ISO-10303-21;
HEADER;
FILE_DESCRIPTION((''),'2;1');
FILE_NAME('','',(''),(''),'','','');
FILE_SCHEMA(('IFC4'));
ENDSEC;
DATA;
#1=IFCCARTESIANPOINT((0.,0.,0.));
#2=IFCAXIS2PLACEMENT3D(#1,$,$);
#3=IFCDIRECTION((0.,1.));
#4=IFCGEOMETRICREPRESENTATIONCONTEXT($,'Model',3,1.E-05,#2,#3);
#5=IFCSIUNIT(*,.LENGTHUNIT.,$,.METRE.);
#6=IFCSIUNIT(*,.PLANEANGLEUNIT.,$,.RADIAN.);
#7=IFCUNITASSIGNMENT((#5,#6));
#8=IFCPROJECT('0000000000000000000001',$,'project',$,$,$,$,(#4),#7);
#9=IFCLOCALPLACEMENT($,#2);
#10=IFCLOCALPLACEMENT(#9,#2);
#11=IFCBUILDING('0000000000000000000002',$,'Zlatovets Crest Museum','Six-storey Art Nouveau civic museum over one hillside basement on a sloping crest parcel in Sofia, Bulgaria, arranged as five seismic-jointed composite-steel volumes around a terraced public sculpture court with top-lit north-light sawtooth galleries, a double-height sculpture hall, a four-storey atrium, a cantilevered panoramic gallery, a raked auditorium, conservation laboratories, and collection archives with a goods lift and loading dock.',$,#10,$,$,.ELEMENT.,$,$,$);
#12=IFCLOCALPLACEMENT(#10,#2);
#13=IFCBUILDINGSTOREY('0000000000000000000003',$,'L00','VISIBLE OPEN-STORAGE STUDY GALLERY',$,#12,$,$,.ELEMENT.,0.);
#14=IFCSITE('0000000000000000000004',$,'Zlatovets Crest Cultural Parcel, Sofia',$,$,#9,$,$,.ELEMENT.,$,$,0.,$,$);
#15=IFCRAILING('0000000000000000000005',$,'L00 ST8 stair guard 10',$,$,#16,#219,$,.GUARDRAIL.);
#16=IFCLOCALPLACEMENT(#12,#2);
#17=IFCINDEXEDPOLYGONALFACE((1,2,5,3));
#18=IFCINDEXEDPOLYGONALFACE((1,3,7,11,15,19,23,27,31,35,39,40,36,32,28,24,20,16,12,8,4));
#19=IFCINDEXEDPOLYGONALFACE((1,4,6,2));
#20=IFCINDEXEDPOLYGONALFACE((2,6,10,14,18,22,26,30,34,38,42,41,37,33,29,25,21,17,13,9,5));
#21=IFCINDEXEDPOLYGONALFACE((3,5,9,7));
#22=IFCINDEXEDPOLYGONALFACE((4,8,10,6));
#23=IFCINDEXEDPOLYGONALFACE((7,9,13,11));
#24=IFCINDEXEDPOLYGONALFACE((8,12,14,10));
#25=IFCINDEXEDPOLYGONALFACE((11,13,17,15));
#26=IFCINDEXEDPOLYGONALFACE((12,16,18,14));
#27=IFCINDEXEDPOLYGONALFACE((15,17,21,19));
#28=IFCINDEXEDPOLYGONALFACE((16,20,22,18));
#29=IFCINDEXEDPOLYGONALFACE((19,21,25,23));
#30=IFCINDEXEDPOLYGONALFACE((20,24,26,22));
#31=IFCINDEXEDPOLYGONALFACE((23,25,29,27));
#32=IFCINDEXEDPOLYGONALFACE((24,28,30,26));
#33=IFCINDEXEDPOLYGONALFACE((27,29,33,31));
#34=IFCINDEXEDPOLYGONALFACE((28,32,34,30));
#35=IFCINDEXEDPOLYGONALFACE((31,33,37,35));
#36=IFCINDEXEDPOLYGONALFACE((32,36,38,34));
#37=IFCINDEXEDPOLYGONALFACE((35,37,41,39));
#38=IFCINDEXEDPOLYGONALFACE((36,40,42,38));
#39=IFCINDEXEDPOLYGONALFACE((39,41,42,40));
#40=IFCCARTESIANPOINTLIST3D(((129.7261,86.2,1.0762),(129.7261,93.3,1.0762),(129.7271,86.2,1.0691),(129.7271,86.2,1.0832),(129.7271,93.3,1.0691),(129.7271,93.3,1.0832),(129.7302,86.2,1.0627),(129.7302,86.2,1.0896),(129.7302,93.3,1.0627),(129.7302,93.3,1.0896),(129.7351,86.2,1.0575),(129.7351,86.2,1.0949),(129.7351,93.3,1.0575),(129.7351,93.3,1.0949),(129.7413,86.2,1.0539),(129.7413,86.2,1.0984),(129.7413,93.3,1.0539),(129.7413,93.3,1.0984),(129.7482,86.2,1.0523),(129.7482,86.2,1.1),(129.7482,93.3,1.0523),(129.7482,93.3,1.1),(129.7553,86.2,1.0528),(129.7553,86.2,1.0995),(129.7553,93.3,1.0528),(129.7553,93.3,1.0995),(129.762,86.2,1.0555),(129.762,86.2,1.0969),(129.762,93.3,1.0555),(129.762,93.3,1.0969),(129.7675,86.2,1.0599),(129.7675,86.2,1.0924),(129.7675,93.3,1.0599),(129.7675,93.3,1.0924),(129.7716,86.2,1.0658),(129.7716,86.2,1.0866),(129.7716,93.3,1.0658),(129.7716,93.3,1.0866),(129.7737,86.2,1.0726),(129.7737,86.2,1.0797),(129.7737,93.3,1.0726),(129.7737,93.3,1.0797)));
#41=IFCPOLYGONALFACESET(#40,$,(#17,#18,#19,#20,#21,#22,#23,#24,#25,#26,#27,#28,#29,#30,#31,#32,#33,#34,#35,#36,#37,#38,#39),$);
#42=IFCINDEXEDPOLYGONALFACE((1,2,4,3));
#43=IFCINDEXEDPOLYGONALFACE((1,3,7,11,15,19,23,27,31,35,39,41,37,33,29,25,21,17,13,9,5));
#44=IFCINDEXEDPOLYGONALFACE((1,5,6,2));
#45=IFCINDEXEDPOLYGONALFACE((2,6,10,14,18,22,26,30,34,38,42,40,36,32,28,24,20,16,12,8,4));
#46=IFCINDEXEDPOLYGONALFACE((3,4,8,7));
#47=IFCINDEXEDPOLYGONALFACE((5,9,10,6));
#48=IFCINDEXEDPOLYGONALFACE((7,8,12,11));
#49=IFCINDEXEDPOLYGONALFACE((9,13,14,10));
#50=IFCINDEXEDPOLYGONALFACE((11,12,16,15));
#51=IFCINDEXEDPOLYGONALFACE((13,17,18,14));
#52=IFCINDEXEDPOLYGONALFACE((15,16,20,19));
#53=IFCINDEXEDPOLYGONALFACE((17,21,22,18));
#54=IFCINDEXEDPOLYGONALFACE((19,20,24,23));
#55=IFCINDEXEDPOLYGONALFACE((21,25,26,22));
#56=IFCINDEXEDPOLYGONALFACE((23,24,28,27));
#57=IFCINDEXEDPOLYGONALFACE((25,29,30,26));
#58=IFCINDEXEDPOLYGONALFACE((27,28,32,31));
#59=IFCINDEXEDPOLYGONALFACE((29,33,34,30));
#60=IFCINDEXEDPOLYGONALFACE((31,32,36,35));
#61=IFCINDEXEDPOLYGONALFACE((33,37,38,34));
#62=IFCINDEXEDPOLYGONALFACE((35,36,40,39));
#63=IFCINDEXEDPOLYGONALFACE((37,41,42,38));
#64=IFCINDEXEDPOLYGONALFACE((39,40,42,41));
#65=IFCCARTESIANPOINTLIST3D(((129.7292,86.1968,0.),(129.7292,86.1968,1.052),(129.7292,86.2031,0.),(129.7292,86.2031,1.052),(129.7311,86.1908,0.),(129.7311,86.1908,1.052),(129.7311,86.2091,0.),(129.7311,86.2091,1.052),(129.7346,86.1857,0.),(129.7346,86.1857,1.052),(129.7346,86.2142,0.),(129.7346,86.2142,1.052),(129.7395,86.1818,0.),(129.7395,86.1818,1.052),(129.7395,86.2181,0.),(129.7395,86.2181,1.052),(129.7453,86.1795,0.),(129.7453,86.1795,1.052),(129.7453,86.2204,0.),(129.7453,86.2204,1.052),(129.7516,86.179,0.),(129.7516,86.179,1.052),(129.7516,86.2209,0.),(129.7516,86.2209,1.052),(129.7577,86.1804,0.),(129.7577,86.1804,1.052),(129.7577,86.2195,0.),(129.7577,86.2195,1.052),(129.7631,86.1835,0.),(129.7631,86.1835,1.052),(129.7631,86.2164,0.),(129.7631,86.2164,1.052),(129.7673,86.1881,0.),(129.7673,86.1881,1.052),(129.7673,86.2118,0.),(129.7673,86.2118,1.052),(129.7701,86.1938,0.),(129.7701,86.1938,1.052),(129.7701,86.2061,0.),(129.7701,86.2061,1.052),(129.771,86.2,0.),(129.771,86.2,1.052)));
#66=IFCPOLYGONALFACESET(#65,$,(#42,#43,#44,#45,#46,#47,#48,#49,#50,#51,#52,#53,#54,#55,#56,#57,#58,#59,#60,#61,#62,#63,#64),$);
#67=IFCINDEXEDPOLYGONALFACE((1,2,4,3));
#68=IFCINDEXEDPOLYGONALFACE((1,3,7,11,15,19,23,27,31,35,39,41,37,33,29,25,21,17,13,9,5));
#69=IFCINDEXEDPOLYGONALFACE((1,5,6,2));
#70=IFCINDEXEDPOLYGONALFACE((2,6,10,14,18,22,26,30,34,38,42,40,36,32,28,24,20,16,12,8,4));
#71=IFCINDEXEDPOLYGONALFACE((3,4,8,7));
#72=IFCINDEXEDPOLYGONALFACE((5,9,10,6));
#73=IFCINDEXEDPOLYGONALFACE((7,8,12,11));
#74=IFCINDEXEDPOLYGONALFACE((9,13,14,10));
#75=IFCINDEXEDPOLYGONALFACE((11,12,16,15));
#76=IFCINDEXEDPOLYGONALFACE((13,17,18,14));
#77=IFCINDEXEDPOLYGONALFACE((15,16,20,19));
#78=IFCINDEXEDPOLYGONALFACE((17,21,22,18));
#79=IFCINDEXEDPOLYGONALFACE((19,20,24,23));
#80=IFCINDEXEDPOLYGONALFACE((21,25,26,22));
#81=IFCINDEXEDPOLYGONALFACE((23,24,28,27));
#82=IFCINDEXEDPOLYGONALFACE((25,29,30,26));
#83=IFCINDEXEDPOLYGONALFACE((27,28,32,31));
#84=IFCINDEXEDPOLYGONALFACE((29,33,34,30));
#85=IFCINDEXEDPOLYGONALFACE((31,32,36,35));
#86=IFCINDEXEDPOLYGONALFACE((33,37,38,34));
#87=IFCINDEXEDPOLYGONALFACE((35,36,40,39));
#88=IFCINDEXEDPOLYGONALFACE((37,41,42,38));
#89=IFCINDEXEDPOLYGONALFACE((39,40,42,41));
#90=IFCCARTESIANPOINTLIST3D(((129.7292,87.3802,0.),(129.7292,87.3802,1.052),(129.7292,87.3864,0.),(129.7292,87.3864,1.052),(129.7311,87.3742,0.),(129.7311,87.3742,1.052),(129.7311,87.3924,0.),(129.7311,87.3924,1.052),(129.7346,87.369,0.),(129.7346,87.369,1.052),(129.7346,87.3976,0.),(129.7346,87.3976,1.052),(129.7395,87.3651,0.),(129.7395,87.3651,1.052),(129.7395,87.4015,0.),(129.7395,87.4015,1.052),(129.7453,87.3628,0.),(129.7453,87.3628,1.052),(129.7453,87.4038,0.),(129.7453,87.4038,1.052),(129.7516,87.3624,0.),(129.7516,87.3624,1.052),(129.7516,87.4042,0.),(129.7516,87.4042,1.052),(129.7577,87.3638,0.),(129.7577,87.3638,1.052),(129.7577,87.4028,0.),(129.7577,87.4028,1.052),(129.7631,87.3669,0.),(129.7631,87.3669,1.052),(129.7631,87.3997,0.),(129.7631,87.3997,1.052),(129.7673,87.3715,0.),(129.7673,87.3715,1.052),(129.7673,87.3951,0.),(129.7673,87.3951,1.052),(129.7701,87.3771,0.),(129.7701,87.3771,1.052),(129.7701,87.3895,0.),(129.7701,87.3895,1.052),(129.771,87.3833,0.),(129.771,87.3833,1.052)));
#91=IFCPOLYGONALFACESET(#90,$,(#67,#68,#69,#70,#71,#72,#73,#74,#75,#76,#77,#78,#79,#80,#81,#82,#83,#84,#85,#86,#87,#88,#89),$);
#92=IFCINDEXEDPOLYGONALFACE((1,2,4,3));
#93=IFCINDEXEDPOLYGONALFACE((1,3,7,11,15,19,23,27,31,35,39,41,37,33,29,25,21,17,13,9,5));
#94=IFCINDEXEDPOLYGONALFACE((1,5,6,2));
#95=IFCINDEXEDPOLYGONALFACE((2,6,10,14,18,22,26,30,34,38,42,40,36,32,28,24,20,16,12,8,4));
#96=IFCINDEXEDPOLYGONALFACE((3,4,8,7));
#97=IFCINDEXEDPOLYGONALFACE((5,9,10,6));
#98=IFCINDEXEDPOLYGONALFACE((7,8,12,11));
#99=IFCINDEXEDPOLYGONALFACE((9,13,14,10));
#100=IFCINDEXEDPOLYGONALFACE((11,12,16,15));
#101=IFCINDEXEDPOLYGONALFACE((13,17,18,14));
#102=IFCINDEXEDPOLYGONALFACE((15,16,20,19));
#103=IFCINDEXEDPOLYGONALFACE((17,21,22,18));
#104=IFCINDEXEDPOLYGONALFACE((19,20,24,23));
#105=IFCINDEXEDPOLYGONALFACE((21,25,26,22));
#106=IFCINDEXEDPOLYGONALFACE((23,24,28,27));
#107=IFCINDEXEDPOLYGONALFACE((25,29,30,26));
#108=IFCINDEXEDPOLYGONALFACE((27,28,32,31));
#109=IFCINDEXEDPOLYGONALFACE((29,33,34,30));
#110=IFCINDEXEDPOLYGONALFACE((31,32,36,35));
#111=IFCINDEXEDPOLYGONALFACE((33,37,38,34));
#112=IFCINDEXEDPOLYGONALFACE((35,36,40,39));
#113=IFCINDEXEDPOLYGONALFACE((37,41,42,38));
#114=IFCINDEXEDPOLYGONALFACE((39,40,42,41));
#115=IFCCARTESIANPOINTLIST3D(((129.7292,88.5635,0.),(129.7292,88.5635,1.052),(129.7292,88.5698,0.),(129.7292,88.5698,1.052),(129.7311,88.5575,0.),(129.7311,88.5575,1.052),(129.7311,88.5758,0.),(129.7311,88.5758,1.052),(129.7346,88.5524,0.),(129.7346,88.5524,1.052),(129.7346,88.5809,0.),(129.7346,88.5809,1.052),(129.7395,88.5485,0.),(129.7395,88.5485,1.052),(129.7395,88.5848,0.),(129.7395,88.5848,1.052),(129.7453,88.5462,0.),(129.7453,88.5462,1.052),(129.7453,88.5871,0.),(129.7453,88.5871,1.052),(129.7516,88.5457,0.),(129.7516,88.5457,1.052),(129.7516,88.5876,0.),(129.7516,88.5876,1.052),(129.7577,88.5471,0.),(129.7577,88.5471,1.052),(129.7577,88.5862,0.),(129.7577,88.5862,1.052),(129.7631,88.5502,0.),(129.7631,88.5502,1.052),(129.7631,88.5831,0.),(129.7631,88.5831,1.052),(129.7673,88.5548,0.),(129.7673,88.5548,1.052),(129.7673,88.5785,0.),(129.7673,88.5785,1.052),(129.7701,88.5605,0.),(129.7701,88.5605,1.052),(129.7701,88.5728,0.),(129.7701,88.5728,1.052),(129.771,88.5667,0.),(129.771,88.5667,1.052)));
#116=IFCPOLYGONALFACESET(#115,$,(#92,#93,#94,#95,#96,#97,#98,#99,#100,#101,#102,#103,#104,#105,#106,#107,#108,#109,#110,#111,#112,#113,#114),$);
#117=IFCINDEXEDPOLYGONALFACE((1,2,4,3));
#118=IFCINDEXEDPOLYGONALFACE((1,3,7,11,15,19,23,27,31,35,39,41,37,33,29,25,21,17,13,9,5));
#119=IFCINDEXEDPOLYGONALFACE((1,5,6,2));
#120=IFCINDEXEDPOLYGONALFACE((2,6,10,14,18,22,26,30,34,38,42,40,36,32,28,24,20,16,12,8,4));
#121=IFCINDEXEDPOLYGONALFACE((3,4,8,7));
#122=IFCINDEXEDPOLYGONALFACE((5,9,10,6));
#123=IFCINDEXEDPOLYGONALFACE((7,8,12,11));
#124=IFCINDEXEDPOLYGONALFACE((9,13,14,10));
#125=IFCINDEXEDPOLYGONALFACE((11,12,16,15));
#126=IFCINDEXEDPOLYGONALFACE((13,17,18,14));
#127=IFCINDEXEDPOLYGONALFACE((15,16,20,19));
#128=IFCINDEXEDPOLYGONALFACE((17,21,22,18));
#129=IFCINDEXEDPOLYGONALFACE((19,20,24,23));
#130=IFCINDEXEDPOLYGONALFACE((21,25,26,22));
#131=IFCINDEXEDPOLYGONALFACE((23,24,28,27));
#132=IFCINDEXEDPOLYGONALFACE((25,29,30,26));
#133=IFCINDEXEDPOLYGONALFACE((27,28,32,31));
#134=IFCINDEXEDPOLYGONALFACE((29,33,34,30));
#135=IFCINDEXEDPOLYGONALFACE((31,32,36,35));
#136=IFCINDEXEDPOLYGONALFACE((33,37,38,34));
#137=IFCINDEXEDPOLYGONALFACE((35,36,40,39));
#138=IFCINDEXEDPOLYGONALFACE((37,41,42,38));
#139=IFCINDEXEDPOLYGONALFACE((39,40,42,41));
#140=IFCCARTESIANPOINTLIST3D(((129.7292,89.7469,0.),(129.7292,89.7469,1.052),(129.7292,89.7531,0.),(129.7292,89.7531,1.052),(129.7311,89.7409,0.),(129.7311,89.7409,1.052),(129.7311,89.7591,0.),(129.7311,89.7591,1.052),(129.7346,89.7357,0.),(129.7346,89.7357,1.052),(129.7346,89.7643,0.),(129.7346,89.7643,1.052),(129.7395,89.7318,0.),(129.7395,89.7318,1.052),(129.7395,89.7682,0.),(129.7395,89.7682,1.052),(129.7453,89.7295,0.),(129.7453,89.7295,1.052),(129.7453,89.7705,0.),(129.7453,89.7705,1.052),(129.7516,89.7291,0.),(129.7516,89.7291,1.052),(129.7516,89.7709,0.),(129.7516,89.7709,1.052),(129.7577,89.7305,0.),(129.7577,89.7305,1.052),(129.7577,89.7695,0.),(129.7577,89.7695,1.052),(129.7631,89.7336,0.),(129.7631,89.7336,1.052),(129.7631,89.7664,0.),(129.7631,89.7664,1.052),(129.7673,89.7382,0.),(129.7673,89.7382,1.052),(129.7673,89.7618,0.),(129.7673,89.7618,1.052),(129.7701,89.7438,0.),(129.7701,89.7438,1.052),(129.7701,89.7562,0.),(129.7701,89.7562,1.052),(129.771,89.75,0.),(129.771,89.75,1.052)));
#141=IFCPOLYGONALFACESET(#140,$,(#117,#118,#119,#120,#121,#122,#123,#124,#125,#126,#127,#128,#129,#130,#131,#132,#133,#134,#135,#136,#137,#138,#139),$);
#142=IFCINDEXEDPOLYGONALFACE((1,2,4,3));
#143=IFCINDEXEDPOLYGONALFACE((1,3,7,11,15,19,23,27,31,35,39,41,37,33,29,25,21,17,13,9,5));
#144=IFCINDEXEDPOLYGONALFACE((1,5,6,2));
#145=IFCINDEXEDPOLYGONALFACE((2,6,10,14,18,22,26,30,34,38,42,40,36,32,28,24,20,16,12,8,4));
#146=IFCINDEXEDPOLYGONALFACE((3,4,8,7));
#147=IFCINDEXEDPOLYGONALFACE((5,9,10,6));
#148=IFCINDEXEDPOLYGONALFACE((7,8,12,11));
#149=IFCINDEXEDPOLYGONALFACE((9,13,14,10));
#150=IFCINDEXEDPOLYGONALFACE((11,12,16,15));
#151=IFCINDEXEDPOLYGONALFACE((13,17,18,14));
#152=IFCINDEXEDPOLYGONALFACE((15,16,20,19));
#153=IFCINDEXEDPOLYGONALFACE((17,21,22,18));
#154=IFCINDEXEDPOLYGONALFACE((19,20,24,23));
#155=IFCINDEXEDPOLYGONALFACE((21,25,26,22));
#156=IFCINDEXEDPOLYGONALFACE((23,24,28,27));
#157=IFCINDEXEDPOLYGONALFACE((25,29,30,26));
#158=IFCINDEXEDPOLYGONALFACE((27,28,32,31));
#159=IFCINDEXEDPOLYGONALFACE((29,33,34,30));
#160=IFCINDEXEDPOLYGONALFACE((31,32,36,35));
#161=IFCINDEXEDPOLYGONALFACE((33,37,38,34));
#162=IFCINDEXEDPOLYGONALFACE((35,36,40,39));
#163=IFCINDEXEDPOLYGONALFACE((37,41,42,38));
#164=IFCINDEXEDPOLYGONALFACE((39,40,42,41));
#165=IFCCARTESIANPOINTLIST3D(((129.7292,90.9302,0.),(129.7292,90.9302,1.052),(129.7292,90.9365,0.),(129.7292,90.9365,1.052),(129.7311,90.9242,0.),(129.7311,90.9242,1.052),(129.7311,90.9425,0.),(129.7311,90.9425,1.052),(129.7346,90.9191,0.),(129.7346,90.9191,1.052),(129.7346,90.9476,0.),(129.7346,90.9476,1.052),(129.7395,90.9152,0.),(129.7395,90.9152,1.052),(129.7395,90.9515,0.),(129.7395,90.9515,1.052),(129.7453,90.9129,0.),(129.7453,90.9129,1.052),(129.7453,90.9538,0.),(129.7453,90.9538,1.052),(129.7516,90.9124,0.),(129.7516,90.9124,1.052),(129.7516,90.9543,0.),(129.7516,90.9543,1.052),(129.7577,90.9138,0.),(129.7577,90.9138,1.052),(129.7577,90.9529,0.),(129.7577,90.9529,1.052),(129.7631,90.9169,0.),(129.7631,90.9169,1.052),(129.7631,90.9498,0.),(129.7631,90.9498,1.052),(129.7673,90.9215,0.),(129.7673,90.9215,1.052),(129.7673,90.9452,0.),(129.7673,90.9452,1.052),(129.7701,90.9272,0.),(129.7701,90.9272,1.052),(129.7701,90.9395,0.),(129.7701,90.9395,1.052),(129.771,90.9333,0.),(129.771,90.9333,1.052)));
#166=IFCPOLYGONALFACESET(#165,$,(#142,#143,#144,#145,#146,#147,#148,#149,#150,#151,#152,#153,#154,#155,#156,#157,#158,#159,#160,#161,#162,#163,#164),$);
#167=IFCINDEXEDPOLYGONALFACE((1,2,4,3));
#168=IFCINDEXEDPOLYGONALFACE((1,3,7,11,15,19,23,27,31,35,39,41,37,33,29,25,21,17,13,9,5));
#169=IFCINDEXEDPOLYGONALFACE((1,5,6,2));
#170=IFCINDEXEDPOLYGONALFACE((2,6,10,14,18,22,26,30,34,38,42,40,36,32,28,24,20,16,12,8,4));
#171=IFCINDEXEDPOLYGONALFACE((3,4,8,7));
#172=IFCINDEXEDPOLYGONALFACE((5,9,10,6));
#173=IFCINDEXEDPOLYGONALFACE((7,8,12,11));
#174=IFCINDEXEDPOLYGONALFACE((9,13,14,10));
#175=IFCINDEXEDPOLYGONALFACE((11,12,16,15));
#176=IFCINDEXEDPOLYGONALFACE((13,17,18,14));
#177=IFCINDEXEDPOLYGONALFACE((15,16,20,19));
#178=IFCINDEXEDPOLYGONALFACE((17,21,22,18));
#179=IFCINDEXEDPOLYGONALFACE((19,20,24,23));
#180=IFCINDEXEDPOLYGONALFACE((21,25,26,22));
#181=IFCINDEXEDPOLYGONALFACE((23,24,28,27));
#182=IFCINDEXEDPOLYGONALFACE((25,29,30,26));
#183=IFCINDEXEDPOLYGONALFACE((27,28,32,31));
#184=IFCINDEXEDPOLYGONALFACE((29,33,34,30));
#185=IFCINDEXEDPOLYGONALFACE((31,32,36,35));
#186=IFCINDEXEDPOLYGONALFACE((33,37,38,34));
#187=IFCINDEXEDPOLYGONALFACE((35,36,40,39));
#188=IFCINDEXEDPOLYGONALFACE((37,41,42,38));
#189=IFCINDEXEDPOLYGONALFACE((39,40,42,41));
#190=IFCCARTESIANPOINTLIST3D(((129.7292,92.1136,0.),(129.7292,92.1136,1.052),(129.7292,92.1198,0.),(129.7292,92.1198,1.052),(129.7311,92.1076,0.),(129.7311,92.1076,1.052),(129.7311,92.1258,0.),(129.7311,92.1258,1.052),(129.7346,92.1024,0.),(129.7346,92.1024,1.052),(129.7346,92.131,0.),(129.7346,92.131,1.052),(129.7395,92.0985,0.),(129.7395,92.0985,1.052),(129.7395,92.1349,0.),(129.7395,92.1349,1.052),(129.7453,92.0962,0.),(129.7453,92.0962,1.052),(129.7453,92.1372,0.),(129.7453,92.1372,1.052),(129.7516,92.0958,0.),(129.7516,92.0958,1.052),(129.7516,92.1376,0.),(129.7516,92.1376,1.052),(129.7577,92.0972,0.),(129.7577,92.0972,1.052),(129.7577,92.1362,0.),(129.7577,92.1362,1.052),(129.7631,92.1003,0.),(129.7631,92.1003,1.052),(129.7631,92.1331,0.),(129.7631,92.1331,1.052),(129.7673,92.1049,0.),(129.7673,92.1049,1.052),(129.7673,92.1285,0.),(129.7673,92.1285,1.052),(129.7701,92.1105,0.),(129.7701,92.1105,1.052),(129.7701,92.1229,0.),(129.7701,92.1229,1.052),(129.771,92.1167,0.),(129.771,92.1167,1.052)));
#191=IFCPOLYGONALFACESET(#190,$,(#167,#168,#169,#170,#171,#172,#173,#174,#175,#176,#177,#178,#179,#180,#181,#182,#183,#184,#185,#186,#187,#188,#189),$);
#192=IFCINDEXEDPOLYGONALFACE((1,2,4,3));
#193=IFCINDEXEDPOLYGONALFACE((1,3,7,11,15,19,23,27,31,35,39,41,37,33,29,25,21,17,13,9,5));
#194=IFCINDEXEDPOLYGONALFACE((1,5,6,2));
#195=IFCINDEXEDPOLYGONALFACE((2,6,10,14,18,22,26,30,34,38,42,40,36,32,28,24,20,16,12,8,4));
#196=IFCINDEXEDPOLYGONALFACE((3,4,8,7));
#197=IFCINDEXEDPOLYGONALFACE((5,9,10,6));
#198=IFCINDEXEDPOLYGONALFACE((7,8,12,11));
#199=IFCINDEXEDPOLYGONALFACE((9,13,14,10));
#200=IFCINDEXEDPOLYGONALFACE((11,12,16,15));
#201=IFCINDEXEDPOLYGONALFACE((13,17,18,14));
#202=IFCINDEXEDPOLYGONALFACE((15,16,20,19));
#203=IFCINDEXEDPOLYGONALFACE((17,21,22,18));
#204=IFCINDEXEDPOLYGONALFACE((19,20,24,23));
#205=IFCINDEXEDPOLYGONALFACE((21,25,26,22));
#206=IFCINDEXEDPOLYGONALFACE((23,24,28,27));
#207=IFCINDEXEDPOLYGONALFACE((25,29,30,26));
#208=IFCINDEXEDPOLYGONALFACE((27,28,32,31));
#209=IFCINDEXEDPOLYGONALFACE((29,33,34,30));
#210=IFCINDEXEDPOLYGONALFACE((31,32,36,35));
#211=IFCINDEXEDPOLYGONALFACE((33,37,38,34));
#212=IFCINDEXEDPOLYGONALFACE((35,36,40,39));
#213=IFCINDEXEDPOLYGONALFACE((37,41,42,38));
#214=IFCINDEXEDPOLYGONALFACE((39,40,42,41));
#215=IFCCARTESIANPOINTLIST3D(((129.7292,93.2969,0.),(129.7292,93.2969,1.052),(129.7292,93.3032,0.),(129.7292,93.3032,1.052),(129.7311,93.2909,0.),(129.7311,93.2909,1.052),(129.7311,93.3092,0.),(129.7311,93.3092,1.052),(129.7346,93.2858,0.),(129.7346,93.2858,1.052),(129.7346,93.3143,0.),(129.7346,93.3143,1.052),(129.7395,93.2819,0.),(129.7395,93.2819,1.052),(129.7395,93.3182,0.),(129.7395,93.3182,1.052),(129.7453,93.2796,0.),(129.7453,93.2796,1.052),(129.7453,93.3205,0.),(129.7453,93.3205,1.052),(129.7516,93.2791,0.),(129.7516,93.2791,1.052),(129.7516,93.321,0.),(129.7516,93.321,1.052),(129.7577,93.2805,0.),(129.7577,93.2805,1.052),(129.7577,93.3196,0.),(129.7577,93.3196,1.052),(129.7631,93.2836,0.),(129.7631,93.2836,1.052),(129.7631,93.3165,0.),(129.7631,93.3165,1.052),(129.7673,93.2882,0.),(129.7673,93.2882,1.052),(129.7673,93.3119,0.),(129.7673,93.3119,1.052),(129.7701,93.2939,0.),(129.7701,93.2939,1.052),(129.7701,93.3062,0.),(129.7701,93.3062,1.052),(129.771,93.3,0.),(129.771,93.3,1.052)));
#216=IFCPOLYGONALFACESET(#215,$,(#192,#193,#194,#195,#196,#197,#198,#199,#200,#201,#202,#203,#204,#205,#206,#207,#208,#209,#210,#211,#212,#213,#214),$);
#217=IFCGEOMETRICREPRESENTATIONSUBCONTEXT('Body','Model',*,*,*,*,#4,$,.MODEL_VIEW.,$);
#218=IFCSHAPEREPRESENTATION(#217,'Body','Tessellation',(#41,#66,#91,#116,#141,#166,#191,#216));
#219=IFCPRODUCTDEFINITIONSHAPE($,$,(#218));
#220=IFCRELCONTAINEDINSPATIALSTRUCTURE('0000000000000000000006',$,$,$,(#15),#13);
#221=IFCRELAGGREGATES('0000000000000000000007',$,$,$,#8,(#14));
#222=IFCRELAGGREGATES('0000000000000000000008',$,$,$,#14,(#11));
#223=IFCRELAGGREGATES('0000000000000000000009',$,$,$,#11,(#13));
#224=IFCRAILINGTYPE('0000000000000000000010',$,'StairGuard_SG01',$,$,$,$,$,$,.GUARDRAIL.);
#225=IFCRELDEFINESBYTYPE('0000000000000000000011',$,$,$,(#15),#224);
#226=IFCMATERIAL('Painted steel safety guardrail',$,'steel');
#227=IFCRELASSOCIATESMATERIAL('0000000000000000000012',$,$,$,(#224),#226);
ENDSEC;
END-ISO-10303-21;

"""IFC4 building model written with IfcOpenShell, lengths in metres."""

from ifc_helpers import new_model, si_unit, direction, frame, origin, origin_2d, place, context, subcontext, project, spatial, circle, extrude, material, type_object, element, save


model = new_model("IFC4")

# Units and contexts
model_context = context("Model", 3, precision=1e-05, world=origin(), true_north=direction((0.0, 1.0)))
body_context = subcontext(model_context, "Body", "Model", "MODEL_VIEW")
ifc_project = project(units=[si_unit("LENGTHUNIT", "METRE"), si_unit("PLANEANGLEUNIT", "RADIAN")], contexts=[model_context])

# Site, building, storey
site_placement = place(None, origin())
site = spatial("IfcSite", under=ifc_project, at=site_placement, Name="Zlatovets Crest Cultural Parcel, Sofia", CompositionType="ELEMENT", RefElevation=0.0)
building_placement = place(site_placement, origin())
building = spatial("IfcBuilding", under=site, at=building_placement, Name="Zlatovets Crest Museum", Description="Six-storey Art Nouveau civic museum over one hillside basement on a sloping crest parcel in Sofia, Bulgaria, arranged as five seismic-jointed composite-steel volumes around a terraced public sculpture court with top-lit north-light sawtooth galleries, a double-height sculpture hall, a four-storey atrium, a cantilevered panoramic gallery, a raked auditorium, conservation laboratories, and collection archives with a goods lift and loading dock.", CompositionType="ELEMENT")
storey_placement = place(building_placement, origin())
storey = spatial("IfcBuildingStorey", under=building, at=storey_placement, Name="L00", Description="VISIBLE OPEN-STORAGE STUDY GALLERY", CompositionType="ELEMENT", Elevation=0.0)

# Railing
ifc_material_1 = material(Name="Painted steel safety guardrail", Category="steel")
railing_type_1 = type_object("IfcRailingType", Name="StairGuard_SG01", PredefinedType="GUARDRAIL", material=ifc_material_1)
railing_1_placement = place(storey_placement, frame((129.75, 86.2, 0.0)))
element("IfcRailing", 1, at=railing_1_placement, inside=storey, type_object=railing_type_1, Name="L00 ST8 stair guard 10", PredefinedType="GUARDRAIL", context=body_context, shape_type="SweptSolid", body=[
    extrude(circle(Radius=0.0239, at=origin_2d()), frame((0.0, 0.0, 1.0762), z_axis=(0.0, 1.0, 0.0), x_axis=(-1.0, 0.0, 0.0)), (0.0, 0.0, 1.0), 7.1001),
    extrude(circle(Radius=0.021, at=origin_2d()), origin(), (0.0, 0.0, 1.0), 1.052),
    extrude(circle(Radius=0.021, at=origin_2d()), frame((0.0, 1.1833, 0.0)), (0.0, 0.0, 1.0), 1.052),
    extrude(circle(Radius=0.021, at=origin_2d()), frame((0.0, 2.3667, 0.0)), (0.0, 0.0, 1.0), 1.052),
    extrude(circle(Radius=0.021, at=origin_2d()), frame((0.0, 3.55, 0.0)), (0.0, 0.0, 1.0), 1.052),
    extrude(circle(Radius=0.021, at=origin_2d()), frame((0.0, 4.7334, 0.0)), (0.0, 0.0, 1.0), 1.052),
    extrude(circle(Radius=0.021, at=origin_2d()), frame((0.0, 5.9167, 0.0)), (0.0, 0.0, 1.0), 1.052),
    extrude(circle(Radius=0.021, at=origin_2d()), frame((0.0, 7.1001, 0.0)), (0.0, 0.0, 1.0), 1.052),
])

save(model, "model.ifc")
